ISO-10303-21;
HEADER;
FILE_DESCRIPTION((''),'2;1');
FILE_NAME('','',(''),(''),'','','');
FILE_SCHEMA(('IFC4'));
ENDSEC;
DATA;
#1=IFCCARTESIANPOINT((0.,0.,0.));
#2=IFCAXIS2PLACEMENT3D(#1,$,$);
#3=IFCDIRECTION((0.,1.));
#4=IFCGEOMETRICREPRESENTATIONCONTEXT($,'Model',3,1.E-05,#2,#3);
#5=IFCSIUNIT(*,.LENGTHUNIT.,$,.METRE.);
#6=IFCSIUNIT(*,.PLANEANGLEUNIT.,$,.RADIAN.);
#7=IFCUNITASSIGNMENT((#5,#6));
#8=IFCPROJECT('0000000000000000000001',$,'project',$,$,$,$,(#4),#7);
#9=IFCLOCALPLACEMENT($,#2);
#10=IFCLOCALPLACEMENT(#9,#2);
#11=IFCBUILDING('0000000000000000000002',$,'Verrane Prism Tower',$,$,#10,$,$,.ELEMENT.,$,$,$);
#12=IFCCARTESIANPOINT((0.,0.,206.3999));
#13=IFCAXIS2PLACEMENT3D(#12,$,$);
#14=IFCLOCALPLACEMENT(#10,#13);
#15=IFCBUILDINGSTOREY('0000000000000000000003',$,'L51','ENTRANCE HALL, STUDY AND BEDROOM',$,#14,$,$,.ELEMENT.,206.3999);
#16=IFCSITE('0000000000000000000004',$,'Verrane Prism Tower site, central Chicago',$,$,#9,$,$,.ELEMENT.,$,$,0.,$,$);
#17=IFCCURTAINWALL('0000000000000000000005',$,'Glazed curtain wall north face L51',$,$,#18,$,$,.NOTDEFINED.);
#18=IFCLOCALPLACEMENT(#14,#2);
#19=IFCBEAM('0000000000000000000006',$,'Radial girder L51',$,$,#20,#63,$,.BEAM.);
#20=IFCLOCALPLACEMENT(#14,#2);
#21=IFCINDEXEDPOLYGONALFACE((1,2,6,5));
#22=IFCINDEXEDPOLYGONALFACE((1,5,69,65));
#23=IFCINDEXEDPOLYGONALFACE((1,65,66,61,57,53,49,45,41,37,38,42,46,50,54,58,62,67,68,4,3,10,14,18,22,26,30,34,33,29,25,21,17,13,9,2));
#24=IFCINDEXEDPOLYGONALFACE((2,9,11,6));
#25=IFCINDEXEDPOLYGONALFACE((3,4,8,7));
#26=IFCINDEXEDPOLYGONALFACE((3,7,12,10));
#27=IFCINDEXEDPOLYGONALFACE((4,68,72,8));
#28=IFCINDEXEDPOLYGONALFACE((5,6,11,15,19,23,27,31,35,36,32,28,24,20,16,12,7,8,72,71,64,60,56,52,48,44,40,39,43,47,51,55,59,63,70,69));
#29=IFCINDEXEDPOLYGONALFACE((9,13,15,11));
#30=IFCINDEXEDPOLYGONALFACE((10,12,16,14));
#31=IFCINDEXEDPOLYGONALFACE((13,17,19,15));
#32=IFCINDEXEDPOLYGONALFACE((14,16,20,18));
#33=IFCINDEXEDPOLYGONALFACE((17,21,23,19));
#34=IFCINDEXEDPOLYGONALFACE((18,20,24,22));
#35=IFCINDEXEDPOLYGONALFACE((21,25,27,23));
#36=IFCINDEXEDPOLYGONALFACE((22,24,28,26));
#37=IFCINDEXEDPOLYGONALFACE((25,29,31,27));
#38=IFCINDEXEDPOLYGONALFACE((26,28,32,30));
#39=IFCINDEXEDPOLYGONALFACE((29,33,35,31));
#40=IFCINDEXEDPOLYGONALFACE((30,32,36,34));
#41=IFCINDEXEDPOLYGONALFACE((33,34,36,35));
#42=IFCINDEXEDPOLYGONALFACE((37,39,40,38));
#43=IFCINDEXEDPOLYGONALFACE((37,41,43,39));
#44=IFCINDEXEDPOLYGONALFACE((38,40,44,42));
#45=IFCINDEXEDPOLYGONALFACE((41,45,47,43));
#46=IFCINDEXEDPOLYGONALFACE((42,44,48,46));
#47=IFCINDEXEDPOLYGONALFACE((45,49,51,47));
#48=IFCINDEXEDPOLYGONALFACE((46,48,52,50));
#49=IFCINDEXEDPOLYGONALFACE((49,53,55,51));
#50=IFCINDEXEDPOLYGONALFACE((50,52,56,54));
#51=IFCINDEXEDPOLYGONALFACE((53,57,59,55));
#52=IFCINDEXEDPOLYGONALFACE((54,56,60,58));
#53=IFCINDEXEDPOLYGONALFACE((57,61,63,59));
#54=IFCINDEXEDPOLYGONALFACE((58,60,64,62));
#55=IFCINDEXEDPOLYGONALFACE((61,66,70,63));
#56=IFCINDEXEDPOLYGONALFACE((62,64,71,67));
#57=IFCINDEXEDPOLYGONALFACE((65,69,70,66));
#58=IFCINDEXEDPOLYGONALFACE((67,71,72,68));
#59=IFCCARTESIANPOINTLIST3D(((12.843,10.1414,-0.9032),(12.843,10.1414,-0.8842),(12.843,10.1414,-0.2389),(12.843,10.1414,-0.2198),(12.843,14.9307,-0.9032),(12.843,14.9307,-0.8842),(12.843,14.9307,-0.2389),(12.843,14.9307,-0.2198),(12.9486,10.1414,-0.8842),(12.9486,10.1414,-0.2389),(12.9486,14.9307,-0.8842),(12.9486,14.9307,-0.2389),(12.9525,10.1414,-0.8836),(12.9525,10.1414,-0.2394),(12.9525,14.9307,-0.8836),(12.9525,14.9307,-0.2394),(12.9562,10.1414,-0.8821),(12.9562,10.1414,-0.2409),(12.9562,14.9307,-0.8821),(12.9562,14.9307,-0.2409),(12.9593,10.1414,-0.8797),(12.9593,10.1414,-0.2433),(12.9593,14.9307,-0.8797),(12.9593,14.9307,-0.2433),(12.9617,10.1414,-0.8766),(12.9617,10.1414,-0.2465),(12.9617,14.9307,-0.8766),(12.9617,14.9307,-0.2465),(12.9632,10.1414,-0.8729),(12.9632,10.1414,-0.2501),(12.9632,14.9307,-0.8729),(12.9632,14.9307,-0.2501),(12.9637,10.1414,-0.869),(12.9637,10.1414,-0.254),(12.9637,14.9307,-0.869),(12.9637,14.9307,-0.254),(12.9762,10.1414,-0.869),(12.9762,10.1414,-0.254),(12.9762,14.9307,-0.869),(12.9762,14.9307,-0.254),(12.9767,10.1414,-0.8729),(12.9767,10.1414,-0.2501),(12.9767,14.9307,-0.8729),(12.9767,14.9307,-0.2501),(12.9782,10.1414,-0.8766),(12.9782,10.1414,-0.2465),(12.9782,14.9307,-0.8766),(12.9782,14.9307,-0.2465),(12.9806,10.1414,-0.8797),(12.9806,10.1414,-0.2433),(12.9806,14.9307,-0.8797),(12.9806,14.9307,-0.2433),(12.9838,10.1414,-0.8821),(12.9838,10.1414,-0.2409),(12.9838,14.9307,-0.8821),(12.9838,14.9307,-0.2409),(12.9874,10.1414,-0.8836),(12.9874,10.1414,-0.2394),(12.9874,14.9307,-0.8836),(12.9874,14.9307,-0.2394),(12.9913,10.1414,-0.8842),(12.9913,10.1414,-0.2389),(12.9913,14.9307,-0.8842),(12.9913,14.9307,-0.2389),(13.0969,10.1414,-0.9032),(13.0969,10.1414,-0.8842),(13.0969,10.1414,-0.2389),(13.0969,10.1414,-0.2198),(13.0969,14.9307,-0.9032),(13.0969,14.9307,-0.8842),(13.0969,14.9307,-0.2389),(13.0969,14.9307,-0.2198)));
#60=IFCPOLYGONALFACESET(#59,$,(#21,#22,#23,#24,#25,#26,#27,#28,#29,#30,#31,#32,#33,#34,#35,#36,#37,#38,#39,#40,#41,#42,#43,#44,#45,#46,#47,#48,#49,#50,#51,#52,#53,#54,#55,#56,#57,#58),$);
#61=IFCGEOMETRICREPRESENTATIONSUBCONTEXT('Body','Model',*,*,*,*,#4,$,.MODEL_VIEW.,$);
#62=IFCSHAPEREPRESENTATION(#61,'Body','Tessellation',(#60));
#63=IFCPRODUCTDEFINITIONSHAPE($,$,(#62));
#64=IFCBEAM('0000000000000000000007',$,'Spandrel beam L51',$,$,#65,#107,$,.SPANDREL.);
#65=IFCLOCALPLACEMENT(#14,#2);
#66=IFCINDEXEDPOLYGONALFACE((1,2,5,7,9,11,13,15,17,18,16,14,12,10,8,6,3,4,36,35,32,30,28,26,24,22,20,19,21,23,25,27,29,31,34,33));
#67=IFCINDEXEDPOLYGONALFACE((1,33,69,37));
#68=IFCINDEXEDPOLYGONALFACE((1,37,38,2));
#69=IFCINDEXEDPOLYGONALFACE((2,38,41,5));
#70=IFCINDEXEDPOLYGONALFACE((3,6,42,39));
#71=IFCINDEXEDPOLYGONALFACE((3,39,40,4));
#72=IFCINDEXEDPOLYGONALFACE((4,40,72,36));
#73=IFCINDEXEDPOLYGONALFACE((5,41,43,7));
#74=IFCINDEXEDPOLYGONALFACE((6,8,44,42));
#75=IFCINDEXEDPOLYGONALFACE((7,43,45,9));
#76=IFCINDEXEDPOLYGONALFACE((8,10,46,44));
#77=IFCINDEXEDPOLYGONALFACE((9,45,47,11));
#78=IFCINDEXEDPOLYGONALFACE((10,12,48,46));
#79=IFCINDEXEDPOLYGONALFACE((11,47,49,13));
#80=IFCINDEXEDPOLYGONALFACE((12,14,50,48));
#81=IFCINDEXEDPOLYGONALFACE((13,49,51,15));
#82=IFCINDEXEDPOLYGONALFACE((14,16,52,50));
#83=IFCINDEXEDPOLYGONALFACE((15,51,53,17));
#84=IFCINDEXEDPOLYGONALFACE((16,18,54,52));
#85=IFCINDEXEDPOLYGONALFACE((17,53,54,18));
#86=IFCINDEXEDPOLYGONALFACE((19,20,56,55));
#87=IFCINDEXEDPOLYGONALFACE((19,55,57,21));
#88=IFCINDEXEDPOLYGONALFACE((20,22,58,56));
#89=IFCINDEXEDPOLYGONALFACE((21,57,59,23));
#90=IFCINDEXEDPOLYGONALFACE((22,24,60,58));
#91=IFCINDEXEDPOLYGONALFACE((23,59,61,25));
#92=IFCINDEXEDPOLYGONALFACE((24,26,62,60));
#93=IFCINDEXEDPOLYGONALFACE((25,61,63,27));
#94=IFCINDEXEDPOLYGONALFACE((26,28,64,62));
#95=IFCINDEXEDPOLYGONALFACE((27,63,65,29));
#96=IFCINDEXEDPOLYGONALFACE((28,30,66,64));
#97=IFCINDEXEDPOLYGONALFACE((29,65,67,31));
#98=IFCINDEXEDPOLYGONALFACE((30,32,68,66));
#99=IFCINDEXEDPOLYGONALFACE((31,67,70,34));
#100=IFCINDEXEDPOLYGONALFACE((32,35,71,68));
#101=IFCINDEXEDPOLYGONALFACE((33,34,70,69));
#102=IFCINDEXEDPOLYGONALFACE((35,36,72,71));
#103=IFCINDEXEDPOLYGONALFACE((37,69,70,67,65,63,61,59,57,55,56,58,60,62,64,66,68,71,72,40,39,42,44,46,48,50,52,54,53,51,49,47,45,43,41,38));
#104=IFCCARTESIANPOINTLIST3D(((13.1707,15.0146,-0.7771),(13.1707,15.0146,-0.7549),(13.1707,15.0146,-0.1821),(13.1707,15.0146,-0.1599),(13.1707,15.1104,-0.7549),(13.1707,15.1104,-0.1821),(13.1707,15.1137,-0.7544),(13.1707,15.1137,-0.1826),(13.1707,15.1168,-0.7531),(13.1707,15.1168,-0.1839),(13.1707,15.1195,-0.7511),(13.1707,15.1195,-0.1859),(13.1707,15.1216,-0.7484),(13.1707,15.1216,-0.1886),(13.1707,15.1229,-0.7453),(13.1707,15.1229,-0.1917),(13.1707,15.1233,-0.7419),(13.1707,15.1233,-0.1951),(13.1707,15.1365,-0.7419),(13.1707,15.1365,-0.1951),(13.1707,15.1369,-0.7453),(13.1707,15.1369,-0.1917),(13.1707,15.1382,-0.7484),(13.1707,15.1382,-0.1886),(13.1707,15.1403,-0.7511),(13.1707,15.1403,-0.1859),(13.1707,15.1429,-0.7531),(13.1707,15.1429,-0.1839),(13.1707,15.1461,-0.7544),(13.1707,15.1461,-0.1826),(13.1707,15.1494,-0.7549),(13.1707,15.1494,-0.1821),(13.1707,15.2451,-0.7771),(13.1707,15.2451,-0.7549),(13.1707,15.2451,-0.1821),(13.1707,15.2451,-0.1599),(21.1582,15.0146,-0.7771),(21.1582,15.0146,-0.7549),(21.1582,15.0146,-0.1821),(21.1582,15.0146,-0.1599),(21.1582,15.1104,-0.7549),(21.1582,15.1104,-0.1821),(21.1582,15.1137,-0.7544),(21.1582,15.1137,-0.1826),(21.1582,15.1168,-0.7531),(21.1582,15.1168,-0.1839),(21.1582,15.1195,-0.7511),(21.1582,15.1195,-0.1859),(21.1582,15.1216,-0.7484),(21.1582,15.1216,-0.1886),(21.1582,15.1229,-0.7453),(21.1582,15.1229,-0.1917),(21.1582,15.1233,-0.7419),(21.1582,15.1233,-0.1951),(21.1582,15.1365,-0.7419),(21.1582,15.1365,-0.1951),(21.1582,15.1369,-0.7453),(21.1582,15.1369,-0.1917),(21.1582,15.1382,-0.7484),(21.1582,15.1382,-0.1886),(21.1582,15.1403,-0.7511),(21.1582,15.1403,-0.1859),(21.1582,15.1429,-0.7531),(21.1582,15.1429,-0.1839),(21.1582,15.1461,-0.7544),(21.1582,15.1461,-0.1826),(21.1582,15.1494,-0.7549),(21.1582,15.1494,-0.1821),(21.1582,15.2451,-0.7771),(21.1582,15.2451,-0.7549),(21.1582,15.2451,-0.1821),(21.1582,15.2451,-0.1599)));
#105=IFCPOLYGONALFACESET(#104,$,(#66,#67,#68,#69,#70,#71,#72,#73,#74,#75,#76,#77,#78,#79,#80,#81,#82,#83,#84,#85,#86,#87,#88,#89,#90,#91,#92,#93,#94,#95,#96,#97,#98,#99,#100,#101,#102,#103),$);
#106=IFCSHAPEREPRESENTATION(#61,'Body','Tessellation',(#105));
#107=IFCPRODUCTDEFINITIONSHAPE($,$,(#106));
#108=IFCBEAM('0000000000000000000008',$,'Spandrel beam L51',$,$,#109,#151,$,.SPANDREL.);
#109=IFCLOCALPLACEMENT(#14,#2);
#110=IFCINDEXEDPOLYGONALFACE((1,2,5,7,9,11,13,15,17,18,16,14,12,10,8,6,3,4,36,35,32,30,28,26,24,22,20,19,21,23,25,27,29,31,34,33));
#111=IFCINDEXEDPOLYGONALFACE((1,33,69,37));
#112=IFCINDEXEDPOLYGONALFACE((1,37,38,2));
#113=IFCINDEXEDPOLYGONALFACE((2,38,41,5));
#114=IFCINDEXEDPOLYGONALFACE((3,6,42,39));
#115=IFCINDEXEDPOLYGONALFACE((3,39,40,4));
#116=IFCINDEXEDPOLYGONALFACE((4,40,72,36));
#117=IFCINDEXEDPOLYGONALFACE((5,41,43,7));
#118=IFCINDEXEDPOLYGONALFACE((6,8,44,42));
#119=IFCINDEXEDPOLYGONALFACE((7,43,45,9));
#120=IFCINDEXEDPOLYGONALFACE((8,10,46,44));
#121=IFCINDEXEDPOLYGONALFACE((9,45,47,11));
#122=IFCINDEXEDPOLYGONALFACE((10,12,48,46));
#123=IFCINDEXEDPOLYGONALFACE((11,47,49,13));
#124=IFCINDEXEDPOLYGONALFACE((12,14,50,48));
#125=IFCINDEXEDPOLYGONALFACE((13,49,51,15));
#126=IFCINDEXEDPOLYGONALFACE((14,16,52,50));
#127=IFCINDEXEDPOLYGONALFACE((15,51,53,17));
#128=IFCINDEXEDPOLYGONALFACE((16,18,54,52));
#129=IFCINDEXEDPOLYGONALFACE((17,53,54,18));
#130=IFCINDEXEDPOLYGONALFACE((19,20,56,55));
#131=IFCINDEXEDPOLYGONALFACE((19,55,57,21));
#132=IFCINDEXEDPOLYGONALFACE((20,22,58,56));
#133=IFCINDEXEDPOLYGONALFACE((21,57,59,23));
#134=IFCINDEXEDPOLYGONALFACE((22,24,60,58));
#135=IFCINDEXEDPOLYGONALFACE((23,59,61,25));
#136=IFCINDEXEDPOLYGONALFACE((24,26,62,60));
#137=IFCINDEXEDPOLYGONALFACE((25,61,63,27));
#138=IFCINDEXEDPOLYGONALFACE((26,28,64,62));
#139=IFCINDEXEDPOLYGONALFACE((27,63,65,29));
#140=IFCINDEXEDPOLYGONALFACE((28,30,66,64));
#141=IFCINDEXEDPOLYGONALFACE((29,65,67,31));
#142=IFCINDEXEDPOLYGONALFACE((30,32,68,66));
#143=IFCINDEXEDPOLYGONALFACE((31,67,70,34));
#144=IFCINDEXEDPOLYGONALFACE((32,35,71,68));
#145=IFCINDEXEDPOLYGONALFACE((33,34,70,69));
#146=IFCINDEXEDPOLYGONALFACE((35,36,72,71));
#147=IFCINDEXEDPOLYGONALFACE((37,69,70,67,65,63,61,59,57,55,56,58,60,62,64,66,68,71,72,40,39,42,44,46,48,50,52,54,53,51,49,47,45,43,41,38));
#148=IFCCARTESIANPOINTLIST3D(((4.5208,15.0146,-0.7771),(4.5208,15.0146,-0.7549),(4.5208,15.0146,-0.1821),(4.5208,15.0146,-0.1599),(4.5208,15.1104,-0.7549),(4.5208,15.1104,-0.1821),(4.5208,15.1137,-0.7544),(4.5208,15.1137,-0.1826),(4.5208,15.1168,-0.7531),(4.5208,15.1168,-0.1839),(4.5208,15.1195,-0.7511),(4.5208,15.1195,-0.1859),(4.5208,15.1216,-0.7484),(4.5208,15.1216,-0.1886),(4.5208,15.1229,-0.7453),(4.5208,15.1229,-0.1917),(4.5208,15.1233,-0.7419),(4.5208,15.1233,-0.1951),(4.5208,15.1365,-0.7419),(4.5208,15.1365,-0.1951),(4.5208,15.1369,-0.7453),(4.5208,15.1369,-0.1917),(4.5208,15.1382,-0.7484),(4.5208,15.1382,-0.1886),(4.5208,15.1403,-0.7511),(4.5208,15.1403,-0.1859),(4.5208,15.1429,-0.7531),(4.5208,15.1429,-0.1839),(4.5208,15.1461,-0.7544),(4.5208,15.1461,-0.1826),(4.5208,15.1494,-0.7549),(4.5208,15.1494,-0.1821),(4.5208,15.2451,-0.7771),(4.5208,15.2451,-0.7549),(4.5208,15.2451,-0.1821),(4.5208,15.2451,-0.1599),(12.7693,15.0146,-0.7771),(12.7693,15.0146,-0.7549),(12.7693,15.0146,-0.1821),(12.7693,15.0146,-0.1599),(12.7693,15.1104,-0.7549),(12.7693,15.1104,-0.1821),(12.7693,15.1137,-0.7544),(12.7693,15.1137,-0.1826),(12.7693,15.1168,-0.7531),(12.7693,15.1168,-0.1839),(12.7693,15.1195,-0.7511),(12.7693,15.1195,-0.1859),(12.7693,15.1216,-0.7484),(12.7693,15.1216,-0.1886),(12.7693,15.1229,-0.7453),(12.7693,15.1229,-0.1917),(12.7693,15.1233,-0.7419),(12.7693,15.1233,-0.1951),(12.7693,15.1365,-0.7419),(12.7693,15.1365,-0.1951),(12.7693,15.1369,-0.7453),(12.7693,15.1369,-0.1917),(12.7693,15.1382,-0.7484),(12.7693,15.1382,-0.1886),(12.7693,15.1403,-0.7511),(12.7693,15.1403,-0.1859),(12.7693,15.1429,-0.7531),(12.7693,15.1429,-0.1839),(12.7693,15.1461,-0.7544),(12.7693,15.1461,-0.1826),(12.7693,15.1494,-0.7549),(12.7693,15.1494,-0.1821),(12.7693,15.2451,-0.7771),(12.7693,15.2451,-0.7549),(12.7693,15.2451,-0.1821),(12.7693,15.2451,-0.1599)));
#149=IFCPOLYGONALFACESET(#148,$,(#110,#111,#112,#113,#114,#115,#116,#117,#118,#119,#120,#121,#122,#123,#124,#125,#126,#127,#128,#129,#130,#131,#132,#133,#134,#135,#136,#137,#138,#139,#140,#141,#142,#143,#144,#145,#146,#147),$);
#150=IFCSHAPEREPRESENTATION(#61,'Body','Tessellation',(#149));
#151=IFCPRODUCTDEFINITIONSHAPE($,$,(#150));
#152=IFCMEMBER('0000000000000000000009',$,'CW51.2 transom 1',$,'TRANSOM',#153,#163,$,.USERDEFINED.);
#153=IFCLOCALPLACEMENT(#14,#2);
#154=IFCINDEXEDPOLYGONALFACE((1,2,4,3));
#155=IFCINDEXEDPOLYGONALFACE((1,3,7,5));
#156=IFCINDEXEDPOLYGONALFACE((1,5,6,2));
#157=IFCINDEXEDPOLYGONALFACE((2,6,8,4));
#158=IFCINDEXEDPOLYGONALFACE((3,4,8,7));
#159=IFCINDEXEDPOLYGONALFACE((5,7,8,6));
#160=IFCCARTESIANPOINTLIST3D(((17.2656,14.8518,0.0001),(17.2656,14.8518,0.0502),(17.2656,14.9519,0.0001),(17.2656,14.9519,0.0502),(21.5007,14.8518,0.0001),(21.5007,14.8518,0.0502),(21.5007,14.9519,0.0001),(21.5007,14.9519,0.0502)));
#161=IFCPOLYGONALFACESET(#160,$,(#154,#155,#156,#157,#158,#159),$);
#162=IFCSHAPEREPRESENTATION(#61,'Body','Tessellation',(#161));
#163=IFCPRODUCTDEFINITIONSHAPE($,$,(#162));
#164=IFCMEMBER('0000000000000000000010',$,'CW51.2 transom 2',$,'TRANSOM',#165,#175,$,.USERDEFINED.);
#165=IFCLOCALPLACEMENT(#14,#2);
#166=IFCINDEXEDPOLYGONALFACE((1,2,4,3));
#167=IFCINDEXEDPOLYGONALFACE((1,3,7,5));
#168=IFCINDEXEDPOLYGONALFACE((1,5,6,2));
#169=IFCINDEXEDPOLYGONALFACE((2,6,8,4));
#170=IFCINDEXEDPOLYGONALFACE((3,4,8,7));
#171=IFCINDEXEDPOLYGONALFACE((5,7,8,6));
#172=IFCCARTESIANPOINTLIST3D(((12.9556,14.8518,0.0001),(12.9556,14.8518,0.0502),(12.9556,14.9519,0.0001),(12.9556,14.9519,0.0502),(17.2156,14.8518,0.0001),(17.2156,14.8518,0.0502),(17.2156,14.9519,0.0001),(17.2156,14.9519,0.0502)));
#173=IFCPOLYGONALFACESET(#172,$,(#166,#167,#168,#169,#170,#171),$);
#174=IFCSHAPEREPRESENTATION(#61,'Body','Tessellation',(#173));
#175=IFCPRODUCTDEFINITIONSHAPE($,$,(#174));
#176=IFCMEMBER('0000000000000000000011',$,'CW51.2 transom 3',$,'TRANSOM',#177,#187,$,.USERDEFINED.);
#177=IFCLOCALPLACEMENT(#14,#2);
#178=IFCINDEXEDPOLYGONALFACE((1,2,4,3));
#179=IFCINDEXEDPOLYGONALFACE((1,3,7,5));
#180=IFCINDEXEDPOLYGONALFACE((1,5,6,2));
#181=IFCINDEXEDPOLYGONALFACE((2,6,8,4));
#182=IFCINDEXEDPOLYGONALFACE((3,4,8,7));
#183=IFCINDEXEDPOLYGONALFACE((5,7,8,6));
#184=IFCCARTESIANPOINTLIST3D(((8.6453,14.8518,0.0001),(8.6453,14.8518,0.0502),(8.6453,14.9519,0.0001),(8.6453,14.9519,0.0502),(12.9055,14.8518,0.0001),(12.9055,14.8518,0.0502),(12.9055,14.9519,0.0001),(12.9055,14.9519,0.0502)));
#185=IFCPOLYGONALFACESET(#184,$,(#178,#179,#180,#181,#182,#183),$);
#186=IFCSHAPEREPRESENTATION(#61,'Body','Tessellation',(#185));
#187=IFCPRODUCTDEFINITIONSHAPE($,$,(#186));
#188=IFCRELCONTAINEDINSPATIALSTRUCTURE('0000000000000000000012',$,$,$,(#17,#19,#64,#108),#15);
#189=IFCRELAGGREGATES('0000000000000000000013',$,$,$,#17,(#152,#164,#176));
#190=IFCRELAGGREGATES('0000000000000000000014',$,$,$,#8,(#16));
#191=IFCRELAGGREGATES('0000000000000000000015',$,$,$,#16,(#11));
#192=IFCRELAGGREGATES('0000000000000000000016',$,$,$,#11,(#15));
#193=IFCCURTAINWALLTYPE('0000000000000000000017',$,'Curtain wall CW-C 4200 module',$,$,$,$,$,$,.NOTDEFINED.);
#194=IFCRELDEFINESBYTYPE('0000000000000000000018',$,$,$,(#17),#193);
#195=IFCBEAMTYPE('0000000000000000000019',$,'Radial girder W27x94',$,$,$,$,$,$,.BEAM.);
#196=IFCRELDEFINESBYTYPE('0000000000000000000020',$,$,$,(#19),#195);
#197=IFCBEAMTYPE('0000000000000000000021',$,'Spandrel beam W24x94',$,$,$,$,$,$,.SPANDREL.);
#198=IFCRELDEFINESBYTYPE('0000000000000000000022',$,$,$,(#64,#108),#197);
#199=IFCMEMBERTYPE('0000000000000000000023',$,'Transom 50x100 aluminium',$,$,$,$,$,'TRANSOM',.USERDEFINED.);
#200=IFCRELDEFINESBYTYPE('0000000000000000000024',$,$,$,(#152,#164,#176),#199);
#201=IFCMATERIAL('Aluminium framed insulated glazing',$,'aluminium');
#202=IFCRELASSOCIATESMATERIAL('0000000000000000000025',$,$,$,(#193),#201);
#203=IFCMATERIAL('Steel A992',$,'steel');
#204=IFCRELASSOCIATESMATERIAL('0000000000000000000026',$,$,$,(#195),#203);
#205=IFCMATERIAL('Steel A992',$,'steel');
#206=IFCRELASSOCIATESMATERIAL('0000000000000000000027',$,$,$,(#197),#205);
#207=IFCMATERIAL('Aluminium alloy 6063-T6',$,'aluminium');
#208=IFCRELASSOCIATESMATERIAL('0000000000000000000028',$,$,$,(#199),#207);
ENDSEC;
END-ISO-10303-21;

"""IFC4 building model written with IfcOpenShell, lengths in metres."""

from ifc_helpers import new_model, si_unit, direction, frame, origin, origin_2d, place, context, subcontext, project, spatial, rectangle, i_section, extrude, material, material_profile, profile_set, type_object, element, aggregate, save


model = new_model("IFC4")

# Units and contexts
model_context = context("Model", 3, precision=1e-05, world=origin(), true_north=direction((0.0, 1.0)))
body_context = subcontext(model_context, "Body", "Model", "MODEL_VIEW")
ifc_project = project(units=[si_unit("LENGTHUNIT", "METRE"), si_unit("PLANEANGLEUNIT", "RADIAN")], contexts=[model_context])

# Site, building, storey
site_placement = place(None, origin())
site = spatial("IfcSite", under=ifc_project, at=site_placement, Name="Verrane Prism Tower site, central Chicago", CompositionType="ELEMENT", RefElevation=0.0)
building_placement = place(site_placement, origin())
building = spatial("IfcBuilding", under=site, at=building_placement, Name="Verrane Prism Tower", CompositionType="ELEMENT")
storey_placement = place(building_placement, frame((0.0, 0.0, 206.3999)))
storey = spatial("IfcBuildingStorey", under=building, at=storey_placement, Name="L51", Description="ENTRANCE HALL, STUDY AND BEDROOM", CompositionType="ELEMENT", Elevation=206.3999)

# Curtain wall
ifc_material_1 = material(Name="Aluminium framed insulated glazing", Category="aluminium")
curtain_wall_type_1 = type_object("IfcCurtainWallType", Name="Curtain wall CW-C 4200 module", PredefinedType="NOTDEFINED", material=ifc_material_1)
curtain_wall_1_placement = place(storey_placement, origin())
curtain_wall_1 = element("IfcCurtainWall", 1, at=curtain_wall_1_placement, inside=storey, type_object=curtain_wall_type_1, Name="Glazed curtain wall north face L51", PredefinedType="NOTDEFINED")

# Beams
ifc_material_2 = material(Name="Steel A992", Category="steel")
ifc_material_profile_1 = material_profile(ifc_material_2, i_section(OverallWidth=0.2539, OverallDepth=0.6833, WebThickness=0.0125, FlangeThickness=0.019, FilletRadius=0.0151, at=origin_2d()), Name="W27x94")
ifc_profile_set_1 = profile_set([ifc_material_profile_1], Name="Steel A992")
beam_type_1 = type_object("IfcBeamType", Name="Radial girder W27x94", PredefinedType="BEAM", material=ifc_profile_set_1)
beam_1_placement = place(storey_placement, frame((12.97, 14.9307, -0.5615), z_axis=(0.0, -1.0, 0.0), x_axis=(1.0, 0.0, 0.0)))
element("IfcBeam", 2, at=beam_1_placement, inside=storey, type_object=beam_type_1, Name="Radial girder L51", PredefinedType="BEAM", context=body_context, shape_type="SweptSolid", body=[
    extrude(i_section(OverallWidth=0.2539, OverallDepth=0.6833, WebThickness=0.0125, FlangeThickness=0.019, FilletRadius=0.0151, at=origin_2d()), origin(), (0.0, 0.0, 1.0), 4.7893),
])
ifc_material_3 = material(Name="Steel A992", Category="steel")
ifc_material_profile_2 = material_profile(ifc_material_3, i_section(OverallWidth=0.2305, OverallDepth=0.6172, WebThickness=0.0132, FlangeThickness=0.0222, FilletRadius=0.0129, at=origin_2d()), Name="W24x94")
ifc_profile_set_2 = profile_set([ifc_material_profile_2], Name="Steel A992")
beam_type_2 = type_object("IfcBeamType", Name="Spandrel beam W24x94", PredefinedType="SPANDREL", material=ifc_profile_set_2)
beam_2_placement = place(storey_placement, frame((21.1582, 15.1299, -0.4685), z_axis=(-1.0, 0.0, 0.0), x_axis=(0.0, -1.0, 0.0)))
element("IfcBeam", 3, at=beam_2_placement, inside=storey, type_object=beam_type_2, Name="Spandrel beam L51", PredefinedType="SPANDREL", context=body_context, shape_type="SweptSolid", body=[
    extrude(i_section(OverallWidth=0.2305, OverallDepth=0.6172, WebThickness=0.0132, FlangeThickness=0.0222, FilletRadius=0.0129, at=origin_2d()), origin(), (0.0, 0.0, 1.0), 7.9875),
])
beam_3_placement = place(storey_placement, frame((12.7693, 15.1299, -0.4685), z_axis=(-1.0, 0.0, 0.0), x_axis=(0.0, -1.0, 0.0)))
element("IfcBeam", 4, at=beam_3_placement, inside=storey, type_object=beam_type_2, Name="Spandrel beam L51", PredefinedType="SPANDREL", context=body_context, shape_type="SweptSolid", body=[
    extrude(i_section(OverallWidth=0.2305, OverallDepth=0.6172, WebThickness=0.0132, FlangeThickness=0.0222, FilletRadius=0.0129, at=origin_2d()), origin(), (0.0, 0.0, 1.0), 8.2485),
])

# Members
ifc_material_4 = material(Name="Aluminium alloy 6063-T6", Category="aluminium")
ifc_material_profile_3 = material_profile(ifc_material_4, rectangle(XDim=0.1001, YDim=0.05, at=origin_2d()), Name="Transom 50x100 aluminium")
ifc_profile_set_3 = profile_set([ifc_material_profile_3], Name="Aluminium alloy 6063-T6")
member_type_1 = type_object("IfcMemberType", Name="Transom 50x100 aluminium", ElementType="TRANSOM", PredefinedType="USERDEFINED", material=ifc_profile_set_3)
member_1_placement = place(storey_placement, frame((21.5007, 14.9019, 0.0251), z_axis=(-1.0, 0.0, 0.0), x_axis=(0.0, -1.0, 0.0)))
member_1 = element("IfcMember", 5, at=member_1_placement, type_object=member_type_1, Name="CW51.2 transom 1", ObjectType="TRANSOM", PredefinedType="USERDEFINED", context=body_context, shape_type="SweptSolid", body=[
    extrude(rectangle(XDim=0.1001, YDim=0.05, at=origin_2d()), origin(), (0.0, 0.0, 1.0), 4.2351),
])
member_2_placement = place(storey_placement, frame((17.2156, 14.9019, 0.0251), z_axis=(-1.0, 0.0, 0.0), x_axis=(0.0, -1.0, 0.0)))
member_2 = element("IfcMember", 6, at=member_2_placement, type_object=member_type_1, Name="CW51.2 transom 2", ObjectType="TRANSOM", PredefinedType="USERDEFINED", context=body_context, shape_type="SweptSolid", body=[
    extrude(rectangle(XDim=0.1001, YDim=0.05, at=origin_2d()), origin(), (0.0, 0.0, 1.0), 4.26),
])
member_3_placement = place(storey_placement, frame((12.9055, 14.9019, 0.0251), z_axis=(-1.0, 0.0, 0.0), x_axis=(0.0, -1.0, 0.0)))
member_3 = element("IfcMember", 7, at=member_3_placement, type_object=member_type_1, Name="CW51.2 transom 3", ObjectType="TRANSOM", PredefinedType="USERDEFINED", context=body_context, shape_type="SweptSolid", body=[
    extrude(rectangle(XDim=0.1001, YDim=0.05, at=origin_2d()), origin(), (0.0, 0.0, 1.0), 4.2603),
])

aggregate(curtain_wall_1, [member_1, member_2, member_3])

save(model, "model.ifc")
